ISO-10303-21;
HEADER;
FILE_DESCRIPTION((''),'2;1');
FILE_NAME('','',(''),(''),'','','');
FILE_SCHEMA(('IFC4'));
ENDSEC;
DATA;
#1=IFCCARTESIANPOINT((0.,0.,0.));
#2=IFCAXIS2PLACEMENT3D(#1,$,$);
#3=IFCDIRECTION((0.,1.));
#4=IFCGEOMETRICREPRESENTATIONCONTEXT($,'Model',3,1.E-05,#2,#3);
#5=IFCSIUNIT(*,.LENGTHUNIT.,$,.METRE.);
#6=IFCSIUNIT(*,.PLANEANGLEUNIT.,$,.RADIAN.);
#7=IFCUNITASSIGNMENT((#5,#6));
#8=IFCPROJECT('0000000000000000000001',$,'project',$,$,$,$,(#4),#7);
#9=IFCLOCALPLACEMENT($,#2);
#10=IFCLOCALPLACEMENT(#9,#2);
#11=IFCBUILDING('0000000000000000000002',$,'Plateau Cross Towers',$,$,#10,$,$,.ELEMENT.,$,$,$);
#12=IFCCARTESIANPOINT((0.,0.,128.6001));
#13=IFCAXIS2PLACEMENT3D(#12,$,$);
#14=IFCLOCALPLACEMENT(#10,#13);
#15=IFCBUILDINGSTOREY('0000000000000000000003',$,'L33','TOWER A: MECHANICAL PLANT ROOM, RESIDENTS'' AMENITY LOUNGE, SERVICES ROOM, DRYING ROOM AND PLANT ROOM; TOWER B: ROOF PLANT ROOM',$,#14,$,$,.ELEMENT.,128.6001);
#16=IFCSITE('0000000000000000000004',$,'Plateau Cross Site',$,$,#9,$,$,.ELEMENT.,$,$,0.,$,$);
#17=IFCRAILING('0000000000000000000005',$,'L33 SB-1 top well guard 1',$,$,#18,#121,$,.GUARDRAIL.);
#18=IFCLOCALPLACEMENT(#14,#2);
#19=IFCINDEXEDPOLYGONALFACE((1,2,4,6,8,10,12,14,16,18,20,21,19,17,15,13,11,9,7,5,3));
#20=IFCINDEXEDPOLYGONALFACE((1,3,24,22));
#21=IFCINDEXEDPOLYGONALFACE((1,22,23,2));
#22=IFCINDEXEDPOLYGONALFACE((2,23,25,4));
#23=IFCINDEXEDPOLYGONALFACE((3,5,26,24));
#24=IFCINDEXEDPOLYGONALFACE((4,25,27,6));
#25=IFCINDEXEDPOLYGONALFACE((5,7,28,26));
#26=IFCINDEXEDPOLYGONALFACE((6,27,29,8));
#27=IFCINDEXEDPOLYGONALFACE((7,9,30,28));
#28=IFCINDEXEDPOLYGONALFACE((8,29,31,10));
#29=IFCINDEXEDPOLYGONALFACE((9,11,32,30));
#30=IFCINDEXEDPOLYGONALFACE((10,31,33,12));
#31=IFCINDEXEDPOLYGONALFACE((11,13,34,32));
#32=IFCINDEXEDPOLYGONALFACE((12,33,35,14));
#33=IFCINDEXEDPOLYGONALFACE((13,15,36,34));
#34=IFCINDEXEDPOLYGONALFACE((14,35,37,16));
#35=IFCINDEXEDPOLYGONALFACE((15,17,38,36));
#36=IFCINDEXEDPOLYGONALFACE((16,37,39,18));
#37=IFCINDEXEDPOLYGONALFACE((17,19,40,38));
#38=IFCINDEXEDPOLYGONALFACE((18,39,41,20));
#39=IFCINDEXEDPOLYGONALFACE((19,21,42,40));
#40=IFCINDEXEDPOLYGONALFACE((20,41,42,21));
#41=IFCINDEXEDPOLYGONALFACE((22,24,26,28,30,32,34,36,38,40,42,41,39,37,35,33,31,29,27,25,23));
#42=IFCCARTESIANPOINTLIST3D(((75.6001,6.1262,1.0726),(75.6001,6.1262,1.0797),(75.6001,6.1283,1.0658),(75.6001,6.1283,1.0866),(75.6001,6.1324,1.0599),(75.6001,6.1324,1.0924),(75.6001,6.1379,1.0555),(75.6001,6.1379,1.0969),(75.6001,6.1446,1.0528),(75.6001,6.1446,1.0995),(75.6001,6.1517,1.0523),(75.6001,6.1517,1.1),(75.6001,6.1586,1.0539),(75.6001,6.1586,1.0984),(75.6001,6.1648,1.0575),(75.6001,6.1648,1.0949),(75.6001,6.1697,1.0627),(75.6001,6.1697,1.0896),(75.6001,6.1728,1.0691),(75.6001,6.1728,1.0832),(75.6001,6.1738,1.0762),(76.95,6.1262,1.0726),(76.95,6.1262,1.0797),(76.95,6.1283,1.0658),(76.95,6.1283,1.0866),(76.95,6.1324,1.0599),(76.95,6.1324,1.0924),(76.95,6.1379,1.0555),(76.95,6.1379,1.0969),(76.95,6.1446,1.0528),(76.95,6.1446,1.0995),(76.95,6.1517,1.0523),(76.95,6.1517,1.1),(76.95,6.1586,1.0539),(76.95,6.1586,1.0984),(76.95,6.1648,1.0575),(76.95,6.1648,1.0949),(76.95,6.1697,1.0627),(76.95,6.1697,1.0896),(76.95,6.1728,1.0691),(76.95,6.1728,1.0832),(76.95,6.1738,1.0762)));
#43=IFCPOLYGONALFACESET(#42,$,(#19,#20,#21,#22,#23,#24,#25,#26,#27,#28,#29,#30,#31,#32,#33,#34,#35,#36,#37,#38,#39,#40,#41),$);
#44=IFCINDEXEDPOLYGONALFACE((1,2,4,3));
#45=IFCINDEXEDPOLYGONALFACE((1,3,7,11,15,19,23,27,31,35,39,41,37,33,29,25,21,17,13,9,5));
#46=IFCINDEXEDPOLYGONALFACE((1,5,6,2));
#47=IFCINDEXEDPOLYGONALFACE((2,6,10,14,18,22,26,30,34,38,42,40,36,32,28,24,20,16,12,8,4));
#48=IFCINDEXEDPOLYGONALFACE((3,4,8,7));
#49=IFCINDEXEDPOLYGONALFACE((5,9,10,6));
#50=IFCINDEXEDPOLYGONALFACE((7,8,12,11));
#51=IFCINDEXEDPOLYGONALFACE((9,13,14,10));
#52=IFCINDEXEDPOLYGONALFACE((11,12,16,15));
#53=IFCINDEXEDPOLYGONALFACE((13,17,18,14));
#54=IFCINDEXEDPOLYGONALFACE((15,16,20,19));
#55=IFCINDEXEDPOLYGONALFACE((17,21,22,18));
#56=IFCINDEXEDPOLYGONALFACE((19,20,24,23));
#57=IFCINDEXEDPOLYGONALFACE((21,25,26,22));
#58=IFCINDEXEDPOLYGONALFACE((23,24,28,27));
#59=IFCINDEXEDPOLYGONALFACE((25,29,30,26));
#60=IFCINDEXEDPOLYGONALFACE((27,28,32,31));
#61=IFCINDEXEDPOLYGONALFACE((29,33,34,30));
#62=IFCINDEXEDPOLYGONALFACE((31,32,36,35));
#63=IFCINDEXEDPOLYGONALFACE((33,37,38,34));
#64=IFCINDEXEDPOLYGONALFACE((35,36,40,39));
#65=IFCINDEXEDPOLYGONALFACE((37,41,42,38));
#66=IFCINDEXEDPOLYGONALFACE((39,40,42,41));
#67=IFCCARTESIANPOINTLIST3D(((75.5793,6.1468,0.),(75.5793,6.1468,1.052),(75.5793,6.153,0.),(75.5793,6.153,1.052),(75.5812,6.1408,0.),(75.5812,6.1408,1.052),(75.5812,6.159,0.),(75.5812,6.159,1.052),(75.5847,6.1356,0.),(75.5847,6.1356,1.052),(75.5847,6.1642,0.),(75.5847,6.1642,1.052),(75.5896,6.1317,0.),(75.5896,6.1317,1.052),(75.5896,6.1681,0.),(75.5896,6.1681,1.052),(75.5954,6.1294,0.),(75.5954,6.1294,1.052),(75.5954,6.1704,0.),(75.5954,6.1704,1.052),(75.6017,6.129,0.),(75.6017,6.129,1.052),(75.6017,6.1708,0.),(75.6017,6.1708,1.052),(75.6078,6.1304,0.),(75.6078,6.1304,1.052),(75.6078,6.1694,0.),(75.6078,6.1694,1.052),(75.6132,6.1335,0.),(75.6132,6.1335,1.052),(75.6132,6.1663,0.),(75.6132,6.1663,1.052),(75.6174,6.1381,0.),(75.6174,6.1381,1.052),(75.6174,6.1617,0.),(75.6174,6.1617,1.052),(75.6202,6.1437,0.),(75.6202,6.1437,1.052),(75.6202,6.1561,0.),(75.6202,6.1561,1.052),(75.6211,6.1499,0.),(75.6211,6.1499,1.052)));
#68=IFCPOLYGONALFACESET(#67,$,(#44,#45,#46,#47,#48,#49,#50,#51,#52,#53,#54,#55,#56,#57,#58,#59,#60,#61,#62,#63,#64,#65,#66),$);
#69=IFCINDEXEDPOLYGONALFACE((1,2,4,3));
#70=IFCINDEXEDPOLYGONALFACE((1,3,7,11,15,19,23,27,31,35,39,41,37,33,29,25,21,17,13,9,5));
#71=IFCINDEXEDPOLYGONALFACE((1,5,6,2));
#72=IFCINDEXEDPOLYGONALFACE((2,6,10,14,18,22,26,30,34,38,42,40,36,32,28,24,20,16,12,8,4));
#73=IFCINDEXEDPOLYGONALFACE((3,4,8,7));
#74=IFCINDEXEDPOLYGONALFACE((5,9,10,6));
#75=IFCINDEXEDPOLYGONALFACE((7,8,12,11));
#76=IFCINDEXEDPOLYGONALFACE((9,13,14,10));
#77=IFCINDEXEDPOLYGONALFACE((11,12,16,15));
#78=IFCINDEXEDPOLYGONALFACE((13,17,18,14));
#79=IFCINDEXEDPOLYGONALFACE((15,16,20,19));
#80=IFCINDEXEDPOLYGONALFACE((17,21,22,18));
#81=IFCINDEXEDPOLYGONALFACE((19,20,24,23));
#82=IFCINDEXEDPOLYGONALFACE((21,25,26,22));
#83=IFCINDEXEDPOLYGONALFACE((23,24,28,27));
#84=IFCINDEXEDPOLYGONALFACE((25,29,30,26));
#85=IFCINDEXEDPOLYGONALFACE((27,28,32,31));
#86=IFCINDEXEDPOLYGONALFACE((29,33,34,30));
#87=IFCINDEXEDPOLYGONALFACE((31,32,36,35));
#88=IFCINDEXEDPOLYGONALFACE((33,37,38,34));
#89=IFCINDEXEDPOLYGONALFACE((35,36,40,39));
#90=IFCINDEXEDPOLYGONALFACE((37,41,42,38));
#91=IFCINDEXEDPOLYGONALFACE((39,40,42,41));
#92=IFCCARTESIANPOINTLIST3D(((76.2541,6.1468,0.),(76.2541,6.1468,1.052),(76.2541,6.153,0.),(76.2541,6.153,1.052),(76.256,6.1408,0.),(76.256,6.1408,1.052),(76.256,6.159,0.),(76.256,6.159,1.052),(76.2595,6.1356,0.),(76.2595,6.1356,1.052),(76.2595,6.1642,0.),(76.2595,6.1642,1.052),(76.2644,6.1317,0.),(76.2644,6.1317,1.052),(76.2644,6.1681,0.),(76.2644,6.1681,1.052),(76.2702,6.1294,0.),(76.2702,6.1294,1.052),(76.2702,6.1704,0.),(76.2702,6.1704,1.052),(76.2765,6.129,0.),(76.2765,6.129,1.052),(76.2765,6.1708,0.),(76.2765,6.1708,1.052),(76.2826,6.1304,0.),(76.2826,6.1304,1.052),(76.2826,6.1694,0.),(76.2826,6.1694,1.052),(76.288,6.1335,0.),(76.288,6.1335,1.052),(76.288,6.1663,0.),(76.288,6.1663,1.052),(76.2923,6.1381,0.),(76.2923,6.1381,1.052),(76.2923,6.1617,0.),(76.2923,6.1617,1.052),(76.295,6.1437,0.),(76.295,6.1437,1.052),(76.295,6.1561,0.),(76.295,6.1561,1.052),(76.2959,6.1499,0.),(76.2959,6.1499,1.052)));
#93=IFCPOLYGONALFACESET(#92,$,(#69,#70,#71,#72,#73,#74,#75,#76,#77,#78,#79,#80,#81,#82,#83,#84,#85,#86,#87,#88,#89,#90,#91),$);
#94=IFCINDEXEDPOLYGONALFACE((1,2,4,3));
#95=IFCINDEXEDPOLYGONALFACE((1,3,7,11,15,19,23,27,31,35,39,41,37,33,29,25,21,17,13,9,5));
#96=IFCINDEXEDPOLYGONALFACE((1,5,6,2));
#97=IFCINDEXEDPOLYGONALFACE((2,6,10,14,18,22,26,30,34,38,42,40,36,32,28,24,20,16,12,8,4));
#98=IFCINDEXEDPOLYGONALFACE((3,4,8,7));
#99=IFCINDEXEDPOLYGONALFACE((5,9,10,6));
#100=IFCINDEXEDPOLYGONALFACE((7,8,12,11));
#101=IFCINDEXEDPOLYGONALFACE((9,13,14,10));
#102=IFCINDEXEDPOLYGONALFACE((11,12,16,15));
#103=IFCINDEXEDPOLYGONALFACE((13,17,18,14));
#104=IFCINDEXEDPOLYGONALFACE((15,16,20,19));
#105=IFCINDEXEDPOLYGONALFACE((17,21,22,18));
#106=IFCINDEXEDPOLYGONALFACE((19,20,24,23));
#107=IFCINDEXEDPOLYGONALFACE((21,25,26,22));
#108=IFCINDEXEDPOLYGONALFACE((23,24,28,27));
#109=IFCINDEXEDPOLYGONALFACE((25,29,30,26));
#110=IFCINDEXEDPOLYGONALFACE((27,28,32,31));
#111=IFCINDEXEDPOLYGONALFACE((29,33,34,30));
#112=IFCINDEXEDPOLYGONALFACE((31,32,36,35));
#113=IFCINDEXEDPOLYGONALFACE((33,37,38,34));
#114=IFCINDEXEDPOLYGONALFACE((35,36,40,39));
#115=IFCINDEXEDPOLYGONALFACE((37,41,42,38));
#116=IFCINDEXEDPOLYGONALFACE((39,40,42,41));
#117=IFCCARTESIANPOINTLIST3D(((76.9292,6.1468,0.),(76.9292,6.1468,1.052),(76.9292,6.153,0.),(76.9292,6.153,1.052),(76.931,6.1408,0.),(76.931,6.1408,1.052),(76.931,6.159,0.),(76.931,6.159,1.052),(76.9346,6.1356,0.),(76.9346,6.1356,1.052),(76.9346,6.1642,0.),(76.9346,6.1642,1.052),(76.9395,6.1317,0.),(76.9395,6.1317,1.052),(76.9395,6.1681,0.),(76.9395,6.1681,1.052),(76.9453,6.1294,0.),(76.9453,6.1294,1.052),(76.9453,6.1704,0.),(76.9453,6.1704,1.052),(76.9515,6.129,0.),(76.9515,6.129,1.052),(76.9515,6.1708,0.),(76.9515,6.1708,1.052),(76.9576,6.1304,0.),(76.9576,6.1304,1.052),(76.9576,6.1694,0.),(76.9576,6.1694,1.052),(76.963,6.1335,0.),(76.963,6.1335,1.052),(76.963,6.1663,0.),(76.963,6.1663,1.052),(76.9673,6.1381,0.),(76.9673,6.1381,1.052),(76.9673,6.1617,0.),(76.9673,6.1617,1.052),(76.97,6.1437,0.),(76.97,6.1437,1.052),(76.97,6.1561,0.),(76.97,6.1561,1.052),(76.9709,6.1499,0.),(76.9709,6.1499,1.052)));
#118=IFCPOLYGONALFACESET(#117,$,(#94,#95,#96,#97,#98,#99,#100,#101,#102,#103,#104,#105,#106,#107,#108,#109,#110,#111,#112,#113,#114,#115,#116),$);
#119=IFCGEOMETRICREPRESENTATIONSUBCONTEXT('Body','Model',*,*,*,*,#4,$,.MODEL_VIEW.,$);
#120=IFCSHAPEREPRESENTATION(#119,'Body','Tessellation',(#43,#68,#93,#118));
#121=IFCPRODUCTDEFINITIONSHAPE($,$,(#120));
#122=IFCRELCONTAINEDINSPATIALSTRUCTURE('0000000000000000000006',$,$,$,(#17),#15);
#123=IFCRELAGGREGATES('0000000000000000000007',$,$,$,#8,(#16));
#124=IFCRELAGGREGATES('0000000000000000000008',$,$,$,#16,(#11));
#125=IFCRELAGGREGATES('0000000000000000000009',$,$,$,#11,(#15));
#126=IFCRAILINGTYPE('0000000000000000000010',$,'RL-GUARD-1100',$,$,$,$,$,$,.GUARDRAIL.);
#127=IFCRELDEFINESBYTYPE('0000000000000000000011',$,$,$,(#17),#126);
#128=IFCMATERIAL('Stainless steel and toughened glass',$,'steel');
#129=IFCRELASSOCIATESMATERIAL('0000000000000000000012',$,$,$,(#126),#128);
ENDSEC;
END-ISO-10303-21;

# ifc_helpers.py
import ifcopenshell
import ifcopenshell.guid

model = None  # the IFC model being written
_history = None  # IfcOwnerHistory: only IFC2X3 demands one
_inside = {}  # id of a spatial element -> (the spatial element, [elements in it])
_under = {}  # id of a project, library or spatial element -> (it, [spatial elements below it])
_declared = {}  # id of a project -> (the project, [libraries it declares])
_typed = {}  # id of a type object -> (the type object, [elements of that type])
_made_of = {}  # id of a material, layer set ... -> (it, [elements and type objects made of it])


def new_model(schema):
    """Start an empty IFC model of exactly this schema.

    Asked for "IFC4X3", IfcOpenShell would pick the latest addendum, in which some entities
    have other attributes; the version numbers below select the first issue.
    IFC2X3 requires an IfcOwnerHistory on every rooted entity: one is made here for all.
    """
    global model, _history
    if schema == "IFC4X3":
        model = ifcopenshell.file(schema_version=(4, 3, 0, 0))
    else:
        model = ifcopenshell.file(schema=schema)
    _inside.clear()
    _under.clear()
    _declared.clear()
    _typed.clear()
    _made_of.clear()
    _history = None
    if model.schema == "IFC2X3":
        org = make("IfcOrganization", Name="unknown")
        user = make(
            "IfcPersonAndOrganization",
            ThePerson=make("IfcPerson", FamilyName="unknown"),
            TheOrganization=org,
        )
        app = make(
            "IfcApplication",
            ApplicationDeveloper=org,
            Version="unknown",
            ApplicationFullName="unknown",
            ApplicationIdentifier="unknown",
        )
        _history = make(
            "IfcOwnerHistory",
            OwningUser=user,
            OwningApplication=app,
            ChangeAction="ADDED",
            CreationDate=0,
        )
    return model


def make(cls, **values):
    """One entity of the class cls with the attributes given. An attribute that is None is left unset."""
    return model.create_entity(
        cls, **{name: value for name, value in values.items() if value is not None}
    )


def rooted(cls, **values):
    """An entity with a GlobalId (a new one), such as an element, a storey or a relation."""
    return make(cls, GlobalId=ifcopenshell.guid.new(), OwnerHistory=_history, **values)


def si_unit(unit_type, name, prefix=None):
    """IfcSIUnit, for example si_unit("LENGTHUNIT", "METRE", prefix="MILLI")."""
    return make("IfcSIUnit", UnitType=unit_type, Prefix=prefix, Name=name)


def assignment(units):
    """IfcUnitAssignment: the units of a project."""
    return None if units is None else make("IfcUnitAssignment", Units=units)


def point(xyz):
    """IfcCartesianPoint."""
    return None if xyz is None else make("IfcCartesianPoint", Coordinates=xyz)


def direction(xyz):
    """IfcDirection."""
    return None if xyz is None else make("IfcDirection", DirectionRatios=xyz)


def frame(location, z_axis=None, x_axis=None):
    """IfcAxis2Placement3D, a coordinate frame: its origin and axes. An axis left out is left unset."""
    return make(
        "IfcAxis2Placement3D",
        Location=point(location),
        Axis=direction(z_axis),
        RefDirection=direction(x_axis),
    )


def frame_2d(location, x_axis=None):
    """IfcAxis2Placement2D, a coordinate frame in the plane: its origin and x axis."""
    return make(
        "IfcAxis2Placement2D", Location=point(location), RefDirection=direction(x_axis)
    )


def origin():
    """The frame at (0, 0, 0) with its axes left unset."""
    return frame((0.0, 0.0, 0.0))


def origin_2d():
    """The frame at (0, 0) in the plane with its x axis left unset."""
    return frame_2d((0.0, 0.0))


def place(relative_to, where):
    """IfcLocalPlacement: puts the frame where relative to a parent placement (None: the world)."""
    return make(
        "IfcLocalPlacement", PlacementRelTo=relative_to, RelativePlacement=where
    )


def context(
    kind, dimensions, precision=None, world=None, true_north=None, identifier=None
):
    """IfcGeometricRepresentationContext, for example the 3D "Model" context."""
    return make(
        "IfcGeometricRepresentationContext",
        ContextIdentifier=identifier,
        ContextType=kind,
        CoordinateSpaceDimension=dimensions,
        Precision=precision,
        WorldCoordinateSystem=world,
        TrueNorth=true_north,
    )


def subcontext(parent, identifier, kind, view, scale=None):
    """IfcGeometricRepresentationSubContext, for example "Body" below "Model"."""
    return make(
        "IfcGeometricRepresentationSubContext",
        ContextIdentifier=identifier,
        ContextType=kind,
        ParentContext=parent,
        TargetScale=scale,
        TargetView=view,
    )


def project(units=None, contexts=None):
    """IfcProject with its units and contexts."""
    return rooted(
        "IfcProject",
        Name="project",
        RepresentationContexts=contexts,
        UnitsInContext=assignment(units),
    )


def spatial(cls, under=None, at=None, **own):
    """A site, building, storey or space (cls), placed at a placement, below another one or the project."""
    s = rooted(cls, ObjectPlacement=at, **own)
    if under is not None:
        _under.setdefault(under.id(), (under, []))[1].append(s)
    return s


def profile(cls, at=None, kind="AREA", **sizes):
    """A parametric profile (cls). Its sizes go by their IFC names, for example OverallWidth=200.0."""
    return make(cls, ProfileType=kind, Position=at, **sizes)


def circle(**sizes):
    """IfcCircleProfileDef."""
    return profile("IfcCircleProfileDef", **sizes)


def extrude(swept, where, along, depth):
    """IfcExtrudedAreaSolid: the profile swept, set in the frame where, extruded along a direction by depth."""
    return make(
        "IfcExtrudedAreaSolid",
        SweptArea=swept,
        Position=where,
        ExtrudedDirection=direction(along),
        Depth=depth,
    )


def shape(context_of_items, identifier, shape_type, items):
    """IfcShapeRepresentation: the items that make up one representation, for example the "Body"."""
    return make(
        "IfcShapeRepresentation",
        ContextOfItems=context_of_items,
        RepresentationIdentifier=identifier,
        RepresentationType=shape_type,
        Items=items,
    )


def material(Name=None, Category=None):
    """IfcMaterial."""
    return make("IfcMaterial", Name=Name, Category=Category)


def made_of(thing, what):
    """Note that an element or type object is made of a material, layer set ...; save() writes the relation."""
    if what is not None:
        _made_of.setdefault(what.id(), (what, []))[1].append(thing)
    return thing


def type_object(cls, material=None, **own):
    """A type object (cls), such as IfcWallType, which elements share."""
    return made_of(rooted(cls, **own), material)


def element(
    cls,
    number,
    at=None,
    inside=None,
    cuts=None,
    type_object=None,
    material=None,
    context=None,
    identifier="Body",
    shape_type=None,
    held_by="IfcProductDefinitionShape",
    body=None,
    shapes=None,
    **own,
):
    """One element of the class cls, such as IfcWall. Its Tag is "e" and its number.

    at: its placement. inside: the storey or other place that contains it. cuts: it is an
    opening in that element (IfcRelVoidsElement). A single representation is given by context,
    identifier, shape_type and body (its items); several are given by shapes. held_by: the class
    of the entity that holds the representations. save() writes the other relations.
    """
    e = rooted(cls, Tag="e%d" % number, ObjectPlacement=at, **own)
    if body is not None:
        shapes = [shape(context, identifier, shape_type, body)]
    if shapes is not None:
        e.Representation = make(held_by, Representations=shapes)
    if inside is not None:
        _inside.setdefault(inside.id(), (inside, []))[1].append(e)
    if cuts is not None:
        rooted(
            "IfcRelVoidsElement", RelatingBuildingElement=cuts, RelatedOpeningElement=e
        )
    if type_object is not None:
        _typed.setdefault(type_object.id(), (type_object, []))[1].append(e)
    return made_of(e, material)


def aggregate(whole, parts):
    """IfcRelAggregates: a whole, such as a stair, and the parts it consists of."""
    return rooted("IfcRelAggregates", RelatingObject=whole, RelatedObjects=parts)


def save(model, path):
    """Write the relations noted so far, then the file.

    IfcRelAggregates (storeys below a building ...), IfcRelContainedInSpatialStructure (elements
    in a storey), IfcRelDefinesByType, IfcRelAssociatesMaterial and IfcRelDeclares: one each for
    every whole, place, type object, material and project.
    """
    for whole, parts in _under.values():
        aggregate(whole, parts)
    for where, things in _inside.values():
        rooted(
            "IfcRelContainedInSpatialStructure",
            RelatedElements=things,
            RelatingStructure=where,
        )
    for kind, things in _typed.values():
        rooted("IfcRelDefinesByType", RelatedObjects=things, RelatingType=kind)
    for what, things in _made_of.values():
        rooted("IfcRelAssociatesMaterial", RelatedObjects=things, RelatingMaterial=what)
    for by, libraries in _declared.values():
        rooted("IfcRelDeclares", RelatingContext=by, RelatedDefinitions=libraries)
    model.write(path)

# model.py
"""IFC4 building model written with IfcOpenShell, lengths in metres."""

from ifc_helpers import new_model, si_unit, direction, frame, origin, origin_2d, place, context, subcontext, project, spatial, circle, extrude, material, type_object, element, save


model = new_model("IFC4")

# Units and contexts
model_context = context("Model", 3, precision=1e-05, world=origin(), true_north=direction((0.0, 1.0)))
body_context = subcontext(model_context, "Body", "Model", "MODEL_VIEW")
ifc_project = project(units=[si_unit("LENGTHUNIT", "METRE"), si_unit("PLANEANGLEUNIT", "RADIAN")], contexts=[model_context])

# Site, building, storey
site_placement = place(None, origin())
site = spatial("IfcSite", under=ifc_project, at=site_placement, Name="Plateau Cross Site", CompositionType="ELEMENT", RefElevation=0.0)
building_placement = place(site_placement, origin())
building = spatial("IfcBuilding", under=site, at=building_placement, Name="Plateau Cross Towers", CompositionType="ELEMENT")
storey_placement = place(building_placement, frame((0.0, 0.0, 128.6001)))
storey = spatial("IfcBuildingStorey", under=building, at=storey_placement, Name="L33", Description="TOWER A: MECHANICAL PLANT ROOM, RESIDENTS' AMENITY LOUNGE, SERVICES ROOM, DRYING ROOM AND PLANT ROOM; TOWER B: ROOF PLANT ROOM", CompositionType="ELEMENT", Elevation=128.6001)

# Railing
ifc_material_1 = material(Name="Stainless steel and toughened glass", Category="steel")
railing_type = type_object("IfcRailingType", Name="RL-GUARD-1100", PredefinedType="GUARDRAIL", material=ifc_material_1)
railing_1_placement = place(storey_placement, frame((75.6001, 6.1499, 0.0)))
element("IfcRailing", 1, at=railing_1_placement, inside=storey, type_object=railing_type, Name="L33 SB-1 top well guard 1", PredefinedType="GUARDRAIL", context=body_context, shape_type="SweptSolid", body=[
    extrude(circle(Radius=0.0239, at=origin_2d()), frame((0.0, 0.0, 1.0762), z_axis=(1.0, 0.0, 0.0), x_axis=(0.0, 1.0, 0.0)), (0.0, 0.0, 1.0), 1.3499),
    extrude(circle(Radius=0.021, at=origin_2d()), origin(), (0.0, 0.0, 1.0), 1.052),
    extrude(circle(Radius=0.021, at=origin_2d()), frame((0.6748, 0.0, 0.0)), (0.0, 0.0, 1.0), 1.052),
    extrude(circle(Radius=0.021, at=origin_2d()), frame((1.3499, 0.0, 0.0)), (0.0, 0.0, 1.0), 1.052),
])

save(model, "model.ifc")
